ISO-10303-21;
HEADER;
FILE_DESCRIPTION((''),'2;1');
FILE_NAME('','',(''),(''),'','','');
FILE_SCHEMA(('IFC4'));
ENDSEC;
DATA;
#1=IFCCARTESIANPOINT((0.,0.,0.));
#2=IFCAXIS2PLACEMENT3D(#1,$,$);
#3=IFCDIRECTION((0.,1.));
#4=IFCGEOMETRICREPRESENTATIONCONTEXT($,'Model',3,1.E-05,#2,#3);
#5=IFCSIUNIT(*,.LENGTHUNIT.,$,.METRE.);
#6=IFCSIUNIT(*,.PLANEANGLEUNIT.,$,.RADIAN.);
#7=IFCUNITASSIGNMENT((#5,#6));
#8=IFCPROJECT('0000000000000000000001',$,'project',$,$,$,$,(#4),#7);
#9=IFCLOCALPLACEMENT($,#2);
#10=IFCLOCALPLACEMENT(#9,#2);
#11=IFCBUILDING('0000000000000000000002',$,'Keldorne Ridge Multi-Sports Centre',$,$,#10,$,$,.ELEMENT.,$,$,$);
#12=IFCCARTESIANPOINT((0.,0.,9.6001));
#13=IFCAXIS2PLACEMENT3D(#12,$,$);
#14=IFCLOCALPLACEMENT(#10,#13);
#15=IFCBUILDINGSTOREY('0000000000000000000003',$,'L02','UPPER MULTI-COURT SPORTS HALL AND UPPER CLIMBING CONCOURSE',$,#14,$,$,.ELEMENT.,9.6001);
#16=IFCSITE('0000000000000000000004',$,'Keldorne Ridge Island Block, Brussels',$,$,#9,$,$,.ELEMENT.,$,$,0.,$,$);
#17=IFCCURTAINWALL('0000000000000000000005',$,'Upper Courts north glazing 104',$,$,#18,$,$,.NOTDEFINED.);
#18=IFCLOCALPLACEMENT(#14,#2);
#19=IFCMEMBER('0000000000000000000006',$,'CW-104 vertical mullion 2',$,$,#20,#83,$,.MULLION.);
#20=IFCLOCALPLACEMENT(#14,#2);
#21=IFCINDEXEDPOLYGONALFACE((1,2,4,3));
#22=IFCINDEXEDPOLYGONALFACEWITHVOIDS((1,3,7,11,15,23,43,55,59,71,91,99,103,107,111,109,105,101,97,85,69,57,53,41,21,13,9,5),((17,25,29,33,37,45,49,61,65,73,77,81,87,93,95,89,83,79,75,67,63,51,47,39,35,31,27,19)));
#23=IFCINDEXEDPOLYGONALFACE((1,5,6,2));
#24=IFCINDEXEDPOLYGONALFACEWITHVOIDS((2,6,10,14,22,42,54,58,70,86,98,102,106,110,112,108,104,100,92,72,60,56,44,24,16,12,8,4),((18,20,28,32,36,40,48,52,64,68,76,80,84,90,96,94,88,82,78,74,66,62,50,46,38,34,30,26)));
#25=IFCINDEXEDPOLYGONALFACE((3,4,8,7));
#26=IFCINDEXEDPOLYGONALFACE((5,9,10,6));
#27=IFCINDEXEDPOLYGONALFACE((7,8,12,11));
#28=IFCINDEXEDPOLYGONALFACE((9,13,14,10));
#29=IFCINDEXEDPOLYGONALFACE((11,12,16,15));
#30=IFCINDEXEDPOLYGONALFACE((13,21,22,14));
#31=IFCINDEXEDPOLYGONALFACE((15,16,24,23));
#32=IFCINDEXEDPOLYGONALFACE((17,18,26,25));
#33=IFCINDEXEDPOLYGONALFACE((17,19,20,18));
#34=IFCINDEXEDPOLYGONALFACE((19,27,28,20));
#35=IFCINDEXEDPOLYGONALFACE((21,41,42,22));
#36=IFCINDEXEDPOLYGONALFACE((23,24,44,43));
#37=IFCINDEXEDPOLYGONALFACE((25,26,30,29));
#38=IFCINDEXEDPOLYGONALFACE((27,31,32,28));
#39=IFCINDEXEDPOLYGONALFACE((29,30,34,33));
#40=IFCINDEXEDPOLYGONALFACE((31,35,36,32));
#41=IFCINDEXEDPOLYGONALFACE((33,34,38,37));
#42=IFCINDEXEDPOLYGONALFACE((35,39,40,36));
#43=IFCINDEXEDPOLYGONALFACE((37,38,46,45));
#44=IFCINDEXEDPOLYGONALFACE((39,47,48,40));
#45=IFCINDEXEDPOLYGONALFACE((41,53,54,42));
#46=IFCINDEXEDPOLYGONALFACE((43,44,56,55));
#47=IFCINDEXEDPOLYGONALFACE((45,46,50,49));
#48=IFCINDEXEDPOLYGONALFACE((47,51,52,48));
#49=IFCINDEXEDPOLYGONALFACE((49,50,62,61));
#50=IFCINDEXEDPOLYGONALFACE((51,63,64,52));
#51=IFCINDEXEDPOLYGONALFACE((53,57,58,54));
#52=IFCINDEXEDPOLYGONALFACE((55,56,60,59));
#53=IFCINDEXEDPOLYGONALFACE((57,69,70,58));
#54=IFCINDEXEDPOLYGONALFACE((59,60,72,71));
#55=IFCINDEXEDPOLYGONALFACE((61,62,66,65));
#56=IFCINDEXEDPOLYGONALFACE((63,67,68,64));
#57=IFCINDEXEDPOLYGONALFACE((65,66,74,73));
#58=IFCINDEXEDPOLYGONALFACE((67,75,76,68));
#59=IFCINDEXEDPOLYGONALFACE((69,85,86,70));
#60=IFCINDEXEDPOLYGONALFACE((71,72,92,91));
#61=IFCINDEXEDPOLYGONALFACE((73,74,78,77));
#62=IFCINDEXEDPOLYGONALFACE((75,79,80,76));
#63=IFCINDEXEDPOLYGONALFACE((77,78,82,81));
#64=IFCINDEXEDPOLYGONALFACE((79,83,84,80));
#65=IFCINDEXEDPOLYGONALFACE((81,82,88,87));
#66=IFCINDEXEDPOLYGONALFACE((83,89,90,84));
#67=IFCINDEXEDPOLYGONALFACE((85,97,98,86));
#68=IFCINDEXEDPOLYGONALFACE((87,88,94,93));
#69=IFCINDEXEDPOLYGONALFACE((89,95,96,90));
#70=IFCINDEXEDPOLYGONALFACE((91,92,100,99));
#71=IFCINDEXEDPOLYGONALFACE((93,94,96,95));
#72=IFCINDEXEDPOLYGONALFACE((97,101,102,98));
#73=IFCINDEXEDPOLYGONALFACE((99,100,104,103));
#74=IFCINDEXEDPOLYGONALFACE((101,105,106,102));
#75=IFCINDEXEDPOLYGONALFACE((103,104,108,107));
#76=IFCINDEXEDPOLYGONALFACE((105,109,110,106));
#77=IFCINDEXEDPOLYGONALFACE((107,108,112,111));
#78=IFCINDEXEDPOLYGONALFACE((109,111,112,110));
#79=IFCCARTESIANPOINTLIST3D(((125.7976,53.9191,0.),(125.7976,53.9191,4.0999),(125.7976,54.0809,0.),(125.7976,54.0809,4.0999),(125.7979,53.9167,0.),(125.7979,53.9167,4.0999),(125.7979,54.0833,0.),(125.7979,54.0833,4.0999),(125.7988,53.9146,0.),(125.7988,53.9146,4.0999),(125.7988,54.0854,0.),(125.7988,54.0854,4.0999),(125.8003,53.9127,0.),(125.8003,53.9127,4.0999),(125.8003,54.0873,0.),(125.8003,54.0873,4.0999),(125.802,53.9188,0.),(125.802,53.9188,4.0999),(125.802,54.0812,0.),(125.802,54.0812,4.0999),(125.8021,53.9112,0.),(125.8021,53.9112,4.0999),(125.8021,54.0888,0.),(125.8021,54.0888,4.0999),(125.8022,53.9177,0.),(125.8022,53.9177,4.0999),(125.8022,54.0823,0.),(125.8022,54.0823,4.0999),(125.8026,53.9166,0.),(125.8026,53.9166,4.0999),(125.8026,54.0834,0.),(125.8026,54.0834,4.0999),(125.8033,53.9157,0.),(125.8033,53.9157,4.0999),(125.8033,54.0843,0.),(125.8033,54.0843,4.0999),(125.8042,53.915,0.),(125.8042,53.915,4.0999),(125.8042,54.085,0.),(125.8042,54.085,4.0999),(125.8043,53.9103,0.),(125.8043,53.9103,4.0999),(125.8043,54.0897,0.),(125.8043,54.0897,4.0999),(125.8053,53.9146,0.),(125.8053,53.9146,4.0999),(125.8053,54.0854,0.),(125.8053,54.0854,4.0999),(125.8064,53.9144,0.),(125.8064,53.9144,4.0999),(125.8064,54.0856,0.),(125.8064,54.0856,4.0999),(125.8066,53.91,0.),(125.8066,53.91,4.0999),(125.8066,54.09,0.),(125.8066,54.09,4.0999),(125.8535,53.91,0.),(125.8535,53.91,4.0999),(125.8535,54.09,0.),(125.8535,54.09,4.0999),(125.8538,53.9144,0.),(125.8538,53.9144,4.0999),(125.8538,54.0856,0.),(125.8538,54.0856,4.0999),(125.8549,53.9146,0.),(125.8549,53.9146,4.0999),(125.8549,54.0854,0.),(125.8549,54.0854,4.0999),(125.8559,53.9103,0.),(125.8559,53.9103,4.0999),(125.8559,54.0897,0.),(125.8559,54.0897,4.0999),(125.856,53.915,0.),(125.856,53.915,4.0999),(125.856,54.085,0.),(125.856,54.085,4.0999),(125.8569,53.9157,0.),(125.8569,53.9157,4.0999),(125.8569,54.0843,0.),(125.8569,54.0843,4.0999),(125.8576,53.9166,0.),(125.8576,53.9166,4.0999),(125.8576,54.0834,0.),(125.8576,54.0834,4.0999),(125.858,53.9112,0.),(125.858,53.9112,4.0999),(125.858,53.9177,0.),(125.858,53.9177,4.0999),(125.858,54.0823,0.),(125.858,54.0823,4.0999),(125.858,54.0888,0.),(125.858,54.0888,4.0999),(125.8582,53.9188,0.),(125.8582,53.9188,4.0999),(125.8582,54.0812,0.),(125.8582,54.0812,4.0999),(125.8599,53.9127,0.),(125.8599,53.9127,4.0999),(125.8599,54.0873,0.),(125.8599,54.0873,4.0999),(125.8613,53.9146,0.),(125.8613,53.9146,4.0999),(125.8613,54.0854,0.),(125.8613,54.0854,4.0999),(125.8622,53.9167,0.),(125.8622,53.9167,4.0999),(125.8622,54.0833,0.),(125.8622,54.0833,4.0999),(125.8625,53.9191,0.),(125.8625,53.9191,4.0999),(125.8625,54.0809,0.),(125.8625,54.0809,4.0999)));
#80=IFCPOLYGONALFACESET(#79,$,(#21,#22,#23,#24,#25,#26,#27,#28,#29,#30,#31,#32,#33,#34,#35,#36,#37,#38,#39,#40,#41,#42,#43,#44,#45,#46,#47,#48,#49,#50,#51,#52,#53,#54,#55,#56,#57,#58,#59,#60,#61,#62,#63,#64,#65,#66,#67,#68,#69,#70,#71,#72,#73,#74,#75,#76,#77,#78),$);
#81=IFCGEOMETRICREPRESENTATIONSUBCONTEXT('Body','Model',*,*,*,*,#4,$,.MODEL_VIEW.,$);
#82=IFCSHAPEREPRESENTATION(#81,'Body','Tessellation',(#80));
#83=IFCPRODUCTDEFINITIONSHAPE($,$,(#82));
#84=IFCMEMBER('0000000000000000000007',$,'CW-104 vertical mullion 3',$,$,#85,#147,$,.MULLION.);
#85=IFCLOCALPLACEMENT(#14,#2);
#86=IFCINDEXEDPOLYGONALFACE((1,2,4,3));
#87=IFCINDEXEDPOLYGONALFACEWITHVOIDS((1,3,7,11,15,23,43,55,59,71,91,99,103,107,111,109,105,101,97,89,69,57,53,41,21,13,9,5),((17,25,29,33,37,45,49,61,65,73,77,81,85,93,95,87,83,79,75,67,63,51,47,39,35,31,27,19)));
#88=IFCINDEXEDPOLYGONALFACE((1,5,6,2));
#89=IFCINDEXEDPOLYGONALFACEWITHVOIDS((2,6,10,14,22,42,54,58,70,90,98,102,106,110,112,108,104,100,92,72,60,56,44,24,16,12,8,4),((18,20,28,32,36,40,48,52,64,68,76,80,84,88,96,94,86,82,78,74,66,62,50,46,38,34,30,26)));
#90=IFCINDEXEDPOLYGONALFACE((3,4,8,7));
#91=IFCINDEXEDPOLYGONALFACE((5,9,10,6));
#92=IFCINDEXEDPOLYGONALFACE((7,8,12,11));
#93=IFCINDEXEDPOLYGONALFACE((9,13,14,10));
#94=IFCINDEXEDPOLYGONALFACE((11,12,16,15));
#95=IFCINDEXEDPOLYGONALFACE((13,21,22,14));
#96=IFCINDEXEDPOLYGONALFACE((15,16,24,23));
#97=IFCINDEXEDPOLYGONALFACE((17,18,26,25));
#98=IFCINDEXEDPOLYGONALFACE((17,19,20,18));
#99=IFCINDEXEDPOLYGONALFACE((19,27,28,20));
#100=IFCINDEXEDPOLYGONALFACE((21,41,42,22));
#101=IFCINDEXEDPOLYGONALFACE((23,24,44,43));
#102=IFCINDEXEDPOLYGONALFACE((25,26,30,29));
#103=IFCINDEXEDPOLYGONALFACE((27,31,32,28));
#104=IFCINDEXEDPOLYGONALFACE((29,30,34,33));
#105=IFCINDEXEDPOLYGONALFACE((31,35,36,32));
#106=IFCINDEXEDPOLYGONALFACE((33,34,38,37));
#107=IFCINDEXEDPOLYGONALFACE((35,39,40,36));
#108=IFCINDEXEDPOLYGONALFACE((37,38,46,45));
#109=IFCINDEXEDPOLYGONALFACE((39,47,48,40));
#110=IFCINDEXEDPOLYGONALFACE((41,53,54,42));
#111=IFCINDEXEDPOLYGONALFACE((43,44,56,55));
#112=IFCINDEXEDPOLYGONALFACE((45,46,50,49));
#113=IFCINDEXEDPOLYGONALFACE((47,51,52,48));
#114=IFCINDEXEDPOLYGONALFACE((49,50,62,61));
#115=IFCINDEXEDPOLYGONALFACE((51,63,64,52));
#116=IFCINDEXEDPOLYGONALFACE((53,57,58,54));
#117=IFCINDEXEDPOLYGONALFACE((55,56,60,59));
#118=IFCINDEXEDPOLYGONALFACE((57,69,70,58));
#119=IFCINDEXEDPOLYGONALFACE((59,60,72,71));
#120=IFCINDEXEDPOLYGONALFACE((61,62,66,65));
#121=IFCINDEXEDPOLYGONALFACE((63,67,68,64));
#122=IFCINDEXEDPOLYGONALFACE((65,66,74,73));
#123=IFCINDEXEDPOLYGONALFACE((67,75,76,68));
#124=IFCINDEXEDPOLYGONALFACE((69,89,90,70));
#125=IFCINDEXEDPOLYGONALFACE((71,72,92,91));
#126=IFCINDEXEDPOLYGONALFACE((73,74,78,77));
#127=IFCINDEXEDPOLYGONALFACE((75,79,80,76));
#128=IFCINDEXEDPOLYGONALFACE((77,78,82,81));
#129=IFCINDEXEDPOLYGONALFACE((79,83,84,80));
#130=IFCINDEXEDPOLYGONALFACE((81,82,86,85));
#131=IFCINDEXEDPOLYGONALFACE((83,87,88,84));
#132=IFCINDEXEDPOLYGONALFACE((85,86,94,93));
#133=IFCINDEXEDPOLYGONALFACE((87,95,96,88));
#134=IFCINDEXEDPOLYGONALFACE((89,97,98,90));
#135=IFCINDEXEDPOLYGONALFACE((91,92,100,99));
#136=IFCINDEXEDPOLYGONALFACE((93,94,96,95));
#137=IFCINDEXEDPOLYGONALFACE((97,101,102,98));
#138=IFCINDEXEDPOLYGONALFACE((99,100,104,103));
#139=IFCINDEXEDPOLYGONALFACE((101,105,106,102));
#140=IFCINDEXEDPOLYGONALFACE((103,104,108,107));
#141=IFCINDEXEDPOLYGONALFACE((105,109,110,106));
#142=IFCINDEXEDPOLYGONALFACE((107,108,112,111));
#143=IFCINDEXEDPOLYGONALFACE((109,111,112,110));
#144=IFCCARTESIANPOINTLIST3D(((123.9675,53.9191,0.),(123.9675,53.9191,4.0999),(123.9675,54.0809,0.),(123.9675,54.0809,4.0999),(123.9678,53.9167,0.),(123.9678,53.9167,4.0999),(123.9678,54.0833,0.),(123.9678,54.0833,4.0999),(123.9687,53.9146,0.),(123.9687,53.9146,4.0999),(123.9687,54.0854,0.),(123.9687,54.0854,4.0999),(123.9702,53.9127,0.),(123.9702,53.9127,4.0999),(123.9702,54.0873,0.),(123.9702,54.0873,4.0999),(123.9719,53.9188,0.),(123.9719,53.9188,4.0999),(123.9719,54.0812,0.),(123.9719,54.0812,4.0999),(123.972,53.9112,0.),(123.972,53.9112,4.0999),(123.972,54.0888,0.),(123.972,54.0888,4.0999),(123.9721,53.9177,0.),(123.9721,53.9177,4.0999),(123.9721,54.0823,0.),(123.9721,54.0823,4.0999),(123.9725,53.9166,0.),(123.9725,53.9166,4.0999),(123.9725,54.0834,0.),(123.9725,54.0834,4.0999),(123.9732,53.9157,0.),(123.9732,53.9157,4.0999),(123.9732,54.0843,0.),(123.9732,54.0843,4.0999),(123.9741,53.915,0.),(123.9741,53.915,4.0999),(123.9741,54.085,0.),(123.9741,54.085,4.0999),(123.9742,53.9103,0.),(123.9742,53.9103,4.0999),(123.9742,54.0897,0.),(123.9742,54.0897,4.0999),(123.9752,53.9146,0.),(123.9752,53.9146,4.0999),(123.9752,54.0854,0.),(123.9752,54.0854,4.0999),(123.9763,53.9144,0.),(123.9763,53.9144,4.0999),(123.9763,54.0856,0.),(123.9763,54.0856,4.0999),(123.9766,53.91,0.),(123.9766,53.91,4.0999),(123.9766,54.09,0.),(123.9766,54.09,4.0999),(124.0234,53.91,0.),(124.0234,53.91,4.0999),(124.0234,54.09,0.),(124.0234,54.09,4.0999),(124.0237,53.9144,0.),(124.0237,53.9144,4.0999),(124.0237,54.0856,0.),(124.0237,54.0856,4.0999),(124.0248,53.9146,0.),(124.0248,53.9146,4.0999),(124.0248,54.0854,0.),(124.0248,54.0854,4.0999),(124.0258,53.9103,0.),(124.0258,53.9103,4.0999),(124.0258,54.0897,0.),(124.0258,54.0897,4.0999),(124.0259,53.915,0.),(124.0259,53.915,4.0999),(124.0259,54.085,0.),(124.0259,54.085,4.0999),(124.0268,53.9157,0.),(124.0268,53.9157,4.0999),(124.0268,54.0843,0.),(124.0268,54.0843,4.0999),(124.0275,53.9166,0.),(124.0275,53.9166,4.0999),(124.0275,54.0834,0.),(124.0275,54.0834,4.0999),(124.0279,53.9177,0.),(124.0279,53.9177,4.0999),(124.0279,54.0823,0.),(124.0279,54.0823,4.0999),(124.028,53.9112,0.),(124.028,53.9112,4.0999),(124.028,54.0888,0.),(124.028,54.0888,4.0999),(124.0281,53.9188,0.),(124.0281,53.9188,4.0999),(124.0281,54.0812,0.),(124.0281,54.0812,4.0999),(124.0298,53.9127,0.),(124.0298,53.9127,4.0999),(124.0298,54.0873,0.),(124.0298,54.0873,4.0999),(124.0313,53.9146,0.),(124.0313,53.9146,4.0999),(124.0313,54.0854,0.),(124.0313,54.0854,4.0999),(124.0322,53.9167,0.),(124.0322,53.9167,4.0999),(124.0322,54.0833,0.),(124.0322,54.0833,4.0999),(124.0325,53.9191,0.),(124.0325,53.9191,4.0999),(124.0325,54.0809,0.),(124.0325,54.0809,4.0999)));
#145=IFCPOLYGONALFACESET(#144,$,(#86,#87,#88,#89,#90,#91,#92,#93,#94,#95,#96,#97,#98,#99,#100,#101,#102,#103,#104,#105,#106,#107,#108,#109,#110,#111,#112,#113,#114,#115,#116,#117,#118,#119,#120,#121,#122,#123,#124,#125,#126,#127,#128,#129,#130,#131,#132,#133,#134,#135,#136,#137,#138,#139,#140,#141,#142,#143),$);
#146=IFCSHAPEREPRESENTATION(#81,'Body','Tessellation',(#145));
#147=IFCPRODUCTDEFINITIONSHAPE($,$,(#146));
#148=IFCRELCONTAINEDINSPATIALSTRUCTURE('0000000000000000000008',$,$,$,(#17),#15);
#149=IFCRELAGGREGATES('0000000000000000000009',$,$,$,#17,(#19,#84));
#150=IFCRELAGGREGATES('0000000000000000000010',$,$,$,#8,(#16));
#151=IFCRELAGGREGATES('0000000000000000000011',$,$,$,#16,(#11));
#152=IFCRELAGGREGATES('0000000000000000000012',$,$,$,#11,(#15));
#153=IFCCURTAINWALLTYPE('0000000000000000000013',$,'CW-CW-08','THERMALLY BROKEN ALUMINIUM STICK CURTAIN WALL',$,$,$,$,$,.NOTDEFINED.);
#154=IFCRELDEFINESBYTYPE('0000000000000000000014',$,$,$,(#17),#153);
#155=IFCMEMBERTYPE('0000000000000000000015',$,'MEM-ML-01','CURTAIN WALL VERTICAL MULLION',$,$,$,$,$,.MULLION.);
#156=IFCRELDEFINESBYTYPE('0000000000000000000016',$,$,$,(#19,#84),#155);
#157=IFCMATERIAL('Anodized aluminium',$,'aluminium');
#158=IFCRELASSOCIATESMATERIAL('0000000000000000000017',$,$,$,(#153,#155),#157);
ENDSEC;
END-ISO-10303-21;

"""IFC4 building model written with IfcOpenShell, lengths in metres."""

from ifc_helpers import new_model, si_unit, direction, frame, origin, origin_2d, place, context, subcontext, project, spatial, hollow_rectangle, extrude, material, material_profile, profile_set, type_object, element, aggregate, save


model = new_model("IFC4")

# Units and contexts
model_context = context("Model", 3, precision=1e-05, world=origin(), true_north=direction((0.0, 1.0)))
body_context = subcontext(model_context, "Body", "Model", "MODEL_VIEW")
ifc_project = project(units=[si_unit("LENGTHUNIT", "METRE"), si_unit("PLANEANGLEUNIT", "RADIAN")], contexts=[model_context])

# Site, building, storey
site_placement = place(None, origin())
site = spatial("IfcSite", under=ifc_project, at=site_placement, Name="Keldorne Ridge Island Block, Brussels", CompositionType="ELEMENT", RefElevation=0.0)
building_placement = place(site_placement, origin())
building = spatial("IfcBuilding", under=site, at=building_placement, Name="Keldorne Ridge Multi-Sports Centre", CompositionType="ELEMENT")
storey_placement = place(building_placement, frame((0.0, 0.0, 9.6001)))
storey = spatial("IfcBuildingStorey", under=building, at=storey_placement, Name="L02", Description="UPPER MULTI-COURT SPORTS HALL AND UPPER CLIMBING CONCOURSE", CompositionType="ELEMENT", Elevation=9.6001)

# Curtain wall, members
ifc_material_1 = material(Name="Anodized aluminium", Category="aluminium")
curtain_wall_type = type_object("IfcCurtainWallType", Name="CW-CW-08", Description="THERMALLY BROKEN ALUMINIUM STICK CURTAIN WALL", PredefinedType="NOTDEFINED", material=ifc_material_1)
curtain_wall_placement = place(storey_placement, origin())
curtain_wall = element("IfcCurtainWall", 1, at=curtain_wall_placement, inside=storey, type_object=curtain_wall_type, Name="Upper Courts north glazing 104", PredefinedType="NOTDEFINED")
ifc_material_profile_1 = material_profile(ifc_material_1, hollow_rectangle(XDim=0.0649, YDim=0.1799, WallThickness=0.0044, InnerFilletRadius=0.0044, OuterFilletRadius=0.009, at=origin_2d()), Name="ALU MULLION 180x65x4.5")
ifc_profile_set_1 = profile_set([ifc_material_profile_1], Name="Anodized aluminium")
member_type_1 = type_object("IfcMemberType", Name="MEM-ML-01", Description="CURTAIN WALL VERTICAL MULLION", PredefinedType="MULLION", material=ifc_profile_set_1)
member_1_placement = place(storey_placement, frame((125.8301, 54.0, 0.0), z_axis=(0.0, 0.0, 1.0), x_axis=(1.0, 0.0, 0.0)))
member_1 = element("IfcMember", 2, at=member_1_placement, type_object=member_type_1, Name="CW-104 vertical mullion 2", PredefinedType="MULLION", context=body_context, shape_type="SweptSolid", body=[
    extrude(hollow_rectangle(XDim=0.0649, YDim=0.1799, WallThickness=0.0044, InnerFilletRadius=0.0044, OuterFilletRadius=0.009, at=origin_2d()), origin(), (0.0, 0.0, 1.0), 4.0999),
])
member_2_placement = place(storey_placement, frame((124.0, 54.0, 0.0), z_axis=(0.0, 0.0, 1.0), x_axis=(1.0, 0.0, 0.0)))
member_2 = element("IfcMember", 3, at=member_2_placement, type_object=member_type_1, Name="CW-104 vertical mullion 3", PredefinedType="MULLION", context=body_context, shape_type="SweptSolid", body=[
    extrude(hollow_rectangle(XDim=0.0649, YDim=0.1799, WallThickness=0.0044, InnerFilletRadius=0.0044, OuterFilletRadius=0.009, at=origin_2d()), origin(), (0.0, 0.0, 1.0), 4.0999),
])
aggregate(curtain_wall, [member_1, member_2])

save(model, "model.ifc")
